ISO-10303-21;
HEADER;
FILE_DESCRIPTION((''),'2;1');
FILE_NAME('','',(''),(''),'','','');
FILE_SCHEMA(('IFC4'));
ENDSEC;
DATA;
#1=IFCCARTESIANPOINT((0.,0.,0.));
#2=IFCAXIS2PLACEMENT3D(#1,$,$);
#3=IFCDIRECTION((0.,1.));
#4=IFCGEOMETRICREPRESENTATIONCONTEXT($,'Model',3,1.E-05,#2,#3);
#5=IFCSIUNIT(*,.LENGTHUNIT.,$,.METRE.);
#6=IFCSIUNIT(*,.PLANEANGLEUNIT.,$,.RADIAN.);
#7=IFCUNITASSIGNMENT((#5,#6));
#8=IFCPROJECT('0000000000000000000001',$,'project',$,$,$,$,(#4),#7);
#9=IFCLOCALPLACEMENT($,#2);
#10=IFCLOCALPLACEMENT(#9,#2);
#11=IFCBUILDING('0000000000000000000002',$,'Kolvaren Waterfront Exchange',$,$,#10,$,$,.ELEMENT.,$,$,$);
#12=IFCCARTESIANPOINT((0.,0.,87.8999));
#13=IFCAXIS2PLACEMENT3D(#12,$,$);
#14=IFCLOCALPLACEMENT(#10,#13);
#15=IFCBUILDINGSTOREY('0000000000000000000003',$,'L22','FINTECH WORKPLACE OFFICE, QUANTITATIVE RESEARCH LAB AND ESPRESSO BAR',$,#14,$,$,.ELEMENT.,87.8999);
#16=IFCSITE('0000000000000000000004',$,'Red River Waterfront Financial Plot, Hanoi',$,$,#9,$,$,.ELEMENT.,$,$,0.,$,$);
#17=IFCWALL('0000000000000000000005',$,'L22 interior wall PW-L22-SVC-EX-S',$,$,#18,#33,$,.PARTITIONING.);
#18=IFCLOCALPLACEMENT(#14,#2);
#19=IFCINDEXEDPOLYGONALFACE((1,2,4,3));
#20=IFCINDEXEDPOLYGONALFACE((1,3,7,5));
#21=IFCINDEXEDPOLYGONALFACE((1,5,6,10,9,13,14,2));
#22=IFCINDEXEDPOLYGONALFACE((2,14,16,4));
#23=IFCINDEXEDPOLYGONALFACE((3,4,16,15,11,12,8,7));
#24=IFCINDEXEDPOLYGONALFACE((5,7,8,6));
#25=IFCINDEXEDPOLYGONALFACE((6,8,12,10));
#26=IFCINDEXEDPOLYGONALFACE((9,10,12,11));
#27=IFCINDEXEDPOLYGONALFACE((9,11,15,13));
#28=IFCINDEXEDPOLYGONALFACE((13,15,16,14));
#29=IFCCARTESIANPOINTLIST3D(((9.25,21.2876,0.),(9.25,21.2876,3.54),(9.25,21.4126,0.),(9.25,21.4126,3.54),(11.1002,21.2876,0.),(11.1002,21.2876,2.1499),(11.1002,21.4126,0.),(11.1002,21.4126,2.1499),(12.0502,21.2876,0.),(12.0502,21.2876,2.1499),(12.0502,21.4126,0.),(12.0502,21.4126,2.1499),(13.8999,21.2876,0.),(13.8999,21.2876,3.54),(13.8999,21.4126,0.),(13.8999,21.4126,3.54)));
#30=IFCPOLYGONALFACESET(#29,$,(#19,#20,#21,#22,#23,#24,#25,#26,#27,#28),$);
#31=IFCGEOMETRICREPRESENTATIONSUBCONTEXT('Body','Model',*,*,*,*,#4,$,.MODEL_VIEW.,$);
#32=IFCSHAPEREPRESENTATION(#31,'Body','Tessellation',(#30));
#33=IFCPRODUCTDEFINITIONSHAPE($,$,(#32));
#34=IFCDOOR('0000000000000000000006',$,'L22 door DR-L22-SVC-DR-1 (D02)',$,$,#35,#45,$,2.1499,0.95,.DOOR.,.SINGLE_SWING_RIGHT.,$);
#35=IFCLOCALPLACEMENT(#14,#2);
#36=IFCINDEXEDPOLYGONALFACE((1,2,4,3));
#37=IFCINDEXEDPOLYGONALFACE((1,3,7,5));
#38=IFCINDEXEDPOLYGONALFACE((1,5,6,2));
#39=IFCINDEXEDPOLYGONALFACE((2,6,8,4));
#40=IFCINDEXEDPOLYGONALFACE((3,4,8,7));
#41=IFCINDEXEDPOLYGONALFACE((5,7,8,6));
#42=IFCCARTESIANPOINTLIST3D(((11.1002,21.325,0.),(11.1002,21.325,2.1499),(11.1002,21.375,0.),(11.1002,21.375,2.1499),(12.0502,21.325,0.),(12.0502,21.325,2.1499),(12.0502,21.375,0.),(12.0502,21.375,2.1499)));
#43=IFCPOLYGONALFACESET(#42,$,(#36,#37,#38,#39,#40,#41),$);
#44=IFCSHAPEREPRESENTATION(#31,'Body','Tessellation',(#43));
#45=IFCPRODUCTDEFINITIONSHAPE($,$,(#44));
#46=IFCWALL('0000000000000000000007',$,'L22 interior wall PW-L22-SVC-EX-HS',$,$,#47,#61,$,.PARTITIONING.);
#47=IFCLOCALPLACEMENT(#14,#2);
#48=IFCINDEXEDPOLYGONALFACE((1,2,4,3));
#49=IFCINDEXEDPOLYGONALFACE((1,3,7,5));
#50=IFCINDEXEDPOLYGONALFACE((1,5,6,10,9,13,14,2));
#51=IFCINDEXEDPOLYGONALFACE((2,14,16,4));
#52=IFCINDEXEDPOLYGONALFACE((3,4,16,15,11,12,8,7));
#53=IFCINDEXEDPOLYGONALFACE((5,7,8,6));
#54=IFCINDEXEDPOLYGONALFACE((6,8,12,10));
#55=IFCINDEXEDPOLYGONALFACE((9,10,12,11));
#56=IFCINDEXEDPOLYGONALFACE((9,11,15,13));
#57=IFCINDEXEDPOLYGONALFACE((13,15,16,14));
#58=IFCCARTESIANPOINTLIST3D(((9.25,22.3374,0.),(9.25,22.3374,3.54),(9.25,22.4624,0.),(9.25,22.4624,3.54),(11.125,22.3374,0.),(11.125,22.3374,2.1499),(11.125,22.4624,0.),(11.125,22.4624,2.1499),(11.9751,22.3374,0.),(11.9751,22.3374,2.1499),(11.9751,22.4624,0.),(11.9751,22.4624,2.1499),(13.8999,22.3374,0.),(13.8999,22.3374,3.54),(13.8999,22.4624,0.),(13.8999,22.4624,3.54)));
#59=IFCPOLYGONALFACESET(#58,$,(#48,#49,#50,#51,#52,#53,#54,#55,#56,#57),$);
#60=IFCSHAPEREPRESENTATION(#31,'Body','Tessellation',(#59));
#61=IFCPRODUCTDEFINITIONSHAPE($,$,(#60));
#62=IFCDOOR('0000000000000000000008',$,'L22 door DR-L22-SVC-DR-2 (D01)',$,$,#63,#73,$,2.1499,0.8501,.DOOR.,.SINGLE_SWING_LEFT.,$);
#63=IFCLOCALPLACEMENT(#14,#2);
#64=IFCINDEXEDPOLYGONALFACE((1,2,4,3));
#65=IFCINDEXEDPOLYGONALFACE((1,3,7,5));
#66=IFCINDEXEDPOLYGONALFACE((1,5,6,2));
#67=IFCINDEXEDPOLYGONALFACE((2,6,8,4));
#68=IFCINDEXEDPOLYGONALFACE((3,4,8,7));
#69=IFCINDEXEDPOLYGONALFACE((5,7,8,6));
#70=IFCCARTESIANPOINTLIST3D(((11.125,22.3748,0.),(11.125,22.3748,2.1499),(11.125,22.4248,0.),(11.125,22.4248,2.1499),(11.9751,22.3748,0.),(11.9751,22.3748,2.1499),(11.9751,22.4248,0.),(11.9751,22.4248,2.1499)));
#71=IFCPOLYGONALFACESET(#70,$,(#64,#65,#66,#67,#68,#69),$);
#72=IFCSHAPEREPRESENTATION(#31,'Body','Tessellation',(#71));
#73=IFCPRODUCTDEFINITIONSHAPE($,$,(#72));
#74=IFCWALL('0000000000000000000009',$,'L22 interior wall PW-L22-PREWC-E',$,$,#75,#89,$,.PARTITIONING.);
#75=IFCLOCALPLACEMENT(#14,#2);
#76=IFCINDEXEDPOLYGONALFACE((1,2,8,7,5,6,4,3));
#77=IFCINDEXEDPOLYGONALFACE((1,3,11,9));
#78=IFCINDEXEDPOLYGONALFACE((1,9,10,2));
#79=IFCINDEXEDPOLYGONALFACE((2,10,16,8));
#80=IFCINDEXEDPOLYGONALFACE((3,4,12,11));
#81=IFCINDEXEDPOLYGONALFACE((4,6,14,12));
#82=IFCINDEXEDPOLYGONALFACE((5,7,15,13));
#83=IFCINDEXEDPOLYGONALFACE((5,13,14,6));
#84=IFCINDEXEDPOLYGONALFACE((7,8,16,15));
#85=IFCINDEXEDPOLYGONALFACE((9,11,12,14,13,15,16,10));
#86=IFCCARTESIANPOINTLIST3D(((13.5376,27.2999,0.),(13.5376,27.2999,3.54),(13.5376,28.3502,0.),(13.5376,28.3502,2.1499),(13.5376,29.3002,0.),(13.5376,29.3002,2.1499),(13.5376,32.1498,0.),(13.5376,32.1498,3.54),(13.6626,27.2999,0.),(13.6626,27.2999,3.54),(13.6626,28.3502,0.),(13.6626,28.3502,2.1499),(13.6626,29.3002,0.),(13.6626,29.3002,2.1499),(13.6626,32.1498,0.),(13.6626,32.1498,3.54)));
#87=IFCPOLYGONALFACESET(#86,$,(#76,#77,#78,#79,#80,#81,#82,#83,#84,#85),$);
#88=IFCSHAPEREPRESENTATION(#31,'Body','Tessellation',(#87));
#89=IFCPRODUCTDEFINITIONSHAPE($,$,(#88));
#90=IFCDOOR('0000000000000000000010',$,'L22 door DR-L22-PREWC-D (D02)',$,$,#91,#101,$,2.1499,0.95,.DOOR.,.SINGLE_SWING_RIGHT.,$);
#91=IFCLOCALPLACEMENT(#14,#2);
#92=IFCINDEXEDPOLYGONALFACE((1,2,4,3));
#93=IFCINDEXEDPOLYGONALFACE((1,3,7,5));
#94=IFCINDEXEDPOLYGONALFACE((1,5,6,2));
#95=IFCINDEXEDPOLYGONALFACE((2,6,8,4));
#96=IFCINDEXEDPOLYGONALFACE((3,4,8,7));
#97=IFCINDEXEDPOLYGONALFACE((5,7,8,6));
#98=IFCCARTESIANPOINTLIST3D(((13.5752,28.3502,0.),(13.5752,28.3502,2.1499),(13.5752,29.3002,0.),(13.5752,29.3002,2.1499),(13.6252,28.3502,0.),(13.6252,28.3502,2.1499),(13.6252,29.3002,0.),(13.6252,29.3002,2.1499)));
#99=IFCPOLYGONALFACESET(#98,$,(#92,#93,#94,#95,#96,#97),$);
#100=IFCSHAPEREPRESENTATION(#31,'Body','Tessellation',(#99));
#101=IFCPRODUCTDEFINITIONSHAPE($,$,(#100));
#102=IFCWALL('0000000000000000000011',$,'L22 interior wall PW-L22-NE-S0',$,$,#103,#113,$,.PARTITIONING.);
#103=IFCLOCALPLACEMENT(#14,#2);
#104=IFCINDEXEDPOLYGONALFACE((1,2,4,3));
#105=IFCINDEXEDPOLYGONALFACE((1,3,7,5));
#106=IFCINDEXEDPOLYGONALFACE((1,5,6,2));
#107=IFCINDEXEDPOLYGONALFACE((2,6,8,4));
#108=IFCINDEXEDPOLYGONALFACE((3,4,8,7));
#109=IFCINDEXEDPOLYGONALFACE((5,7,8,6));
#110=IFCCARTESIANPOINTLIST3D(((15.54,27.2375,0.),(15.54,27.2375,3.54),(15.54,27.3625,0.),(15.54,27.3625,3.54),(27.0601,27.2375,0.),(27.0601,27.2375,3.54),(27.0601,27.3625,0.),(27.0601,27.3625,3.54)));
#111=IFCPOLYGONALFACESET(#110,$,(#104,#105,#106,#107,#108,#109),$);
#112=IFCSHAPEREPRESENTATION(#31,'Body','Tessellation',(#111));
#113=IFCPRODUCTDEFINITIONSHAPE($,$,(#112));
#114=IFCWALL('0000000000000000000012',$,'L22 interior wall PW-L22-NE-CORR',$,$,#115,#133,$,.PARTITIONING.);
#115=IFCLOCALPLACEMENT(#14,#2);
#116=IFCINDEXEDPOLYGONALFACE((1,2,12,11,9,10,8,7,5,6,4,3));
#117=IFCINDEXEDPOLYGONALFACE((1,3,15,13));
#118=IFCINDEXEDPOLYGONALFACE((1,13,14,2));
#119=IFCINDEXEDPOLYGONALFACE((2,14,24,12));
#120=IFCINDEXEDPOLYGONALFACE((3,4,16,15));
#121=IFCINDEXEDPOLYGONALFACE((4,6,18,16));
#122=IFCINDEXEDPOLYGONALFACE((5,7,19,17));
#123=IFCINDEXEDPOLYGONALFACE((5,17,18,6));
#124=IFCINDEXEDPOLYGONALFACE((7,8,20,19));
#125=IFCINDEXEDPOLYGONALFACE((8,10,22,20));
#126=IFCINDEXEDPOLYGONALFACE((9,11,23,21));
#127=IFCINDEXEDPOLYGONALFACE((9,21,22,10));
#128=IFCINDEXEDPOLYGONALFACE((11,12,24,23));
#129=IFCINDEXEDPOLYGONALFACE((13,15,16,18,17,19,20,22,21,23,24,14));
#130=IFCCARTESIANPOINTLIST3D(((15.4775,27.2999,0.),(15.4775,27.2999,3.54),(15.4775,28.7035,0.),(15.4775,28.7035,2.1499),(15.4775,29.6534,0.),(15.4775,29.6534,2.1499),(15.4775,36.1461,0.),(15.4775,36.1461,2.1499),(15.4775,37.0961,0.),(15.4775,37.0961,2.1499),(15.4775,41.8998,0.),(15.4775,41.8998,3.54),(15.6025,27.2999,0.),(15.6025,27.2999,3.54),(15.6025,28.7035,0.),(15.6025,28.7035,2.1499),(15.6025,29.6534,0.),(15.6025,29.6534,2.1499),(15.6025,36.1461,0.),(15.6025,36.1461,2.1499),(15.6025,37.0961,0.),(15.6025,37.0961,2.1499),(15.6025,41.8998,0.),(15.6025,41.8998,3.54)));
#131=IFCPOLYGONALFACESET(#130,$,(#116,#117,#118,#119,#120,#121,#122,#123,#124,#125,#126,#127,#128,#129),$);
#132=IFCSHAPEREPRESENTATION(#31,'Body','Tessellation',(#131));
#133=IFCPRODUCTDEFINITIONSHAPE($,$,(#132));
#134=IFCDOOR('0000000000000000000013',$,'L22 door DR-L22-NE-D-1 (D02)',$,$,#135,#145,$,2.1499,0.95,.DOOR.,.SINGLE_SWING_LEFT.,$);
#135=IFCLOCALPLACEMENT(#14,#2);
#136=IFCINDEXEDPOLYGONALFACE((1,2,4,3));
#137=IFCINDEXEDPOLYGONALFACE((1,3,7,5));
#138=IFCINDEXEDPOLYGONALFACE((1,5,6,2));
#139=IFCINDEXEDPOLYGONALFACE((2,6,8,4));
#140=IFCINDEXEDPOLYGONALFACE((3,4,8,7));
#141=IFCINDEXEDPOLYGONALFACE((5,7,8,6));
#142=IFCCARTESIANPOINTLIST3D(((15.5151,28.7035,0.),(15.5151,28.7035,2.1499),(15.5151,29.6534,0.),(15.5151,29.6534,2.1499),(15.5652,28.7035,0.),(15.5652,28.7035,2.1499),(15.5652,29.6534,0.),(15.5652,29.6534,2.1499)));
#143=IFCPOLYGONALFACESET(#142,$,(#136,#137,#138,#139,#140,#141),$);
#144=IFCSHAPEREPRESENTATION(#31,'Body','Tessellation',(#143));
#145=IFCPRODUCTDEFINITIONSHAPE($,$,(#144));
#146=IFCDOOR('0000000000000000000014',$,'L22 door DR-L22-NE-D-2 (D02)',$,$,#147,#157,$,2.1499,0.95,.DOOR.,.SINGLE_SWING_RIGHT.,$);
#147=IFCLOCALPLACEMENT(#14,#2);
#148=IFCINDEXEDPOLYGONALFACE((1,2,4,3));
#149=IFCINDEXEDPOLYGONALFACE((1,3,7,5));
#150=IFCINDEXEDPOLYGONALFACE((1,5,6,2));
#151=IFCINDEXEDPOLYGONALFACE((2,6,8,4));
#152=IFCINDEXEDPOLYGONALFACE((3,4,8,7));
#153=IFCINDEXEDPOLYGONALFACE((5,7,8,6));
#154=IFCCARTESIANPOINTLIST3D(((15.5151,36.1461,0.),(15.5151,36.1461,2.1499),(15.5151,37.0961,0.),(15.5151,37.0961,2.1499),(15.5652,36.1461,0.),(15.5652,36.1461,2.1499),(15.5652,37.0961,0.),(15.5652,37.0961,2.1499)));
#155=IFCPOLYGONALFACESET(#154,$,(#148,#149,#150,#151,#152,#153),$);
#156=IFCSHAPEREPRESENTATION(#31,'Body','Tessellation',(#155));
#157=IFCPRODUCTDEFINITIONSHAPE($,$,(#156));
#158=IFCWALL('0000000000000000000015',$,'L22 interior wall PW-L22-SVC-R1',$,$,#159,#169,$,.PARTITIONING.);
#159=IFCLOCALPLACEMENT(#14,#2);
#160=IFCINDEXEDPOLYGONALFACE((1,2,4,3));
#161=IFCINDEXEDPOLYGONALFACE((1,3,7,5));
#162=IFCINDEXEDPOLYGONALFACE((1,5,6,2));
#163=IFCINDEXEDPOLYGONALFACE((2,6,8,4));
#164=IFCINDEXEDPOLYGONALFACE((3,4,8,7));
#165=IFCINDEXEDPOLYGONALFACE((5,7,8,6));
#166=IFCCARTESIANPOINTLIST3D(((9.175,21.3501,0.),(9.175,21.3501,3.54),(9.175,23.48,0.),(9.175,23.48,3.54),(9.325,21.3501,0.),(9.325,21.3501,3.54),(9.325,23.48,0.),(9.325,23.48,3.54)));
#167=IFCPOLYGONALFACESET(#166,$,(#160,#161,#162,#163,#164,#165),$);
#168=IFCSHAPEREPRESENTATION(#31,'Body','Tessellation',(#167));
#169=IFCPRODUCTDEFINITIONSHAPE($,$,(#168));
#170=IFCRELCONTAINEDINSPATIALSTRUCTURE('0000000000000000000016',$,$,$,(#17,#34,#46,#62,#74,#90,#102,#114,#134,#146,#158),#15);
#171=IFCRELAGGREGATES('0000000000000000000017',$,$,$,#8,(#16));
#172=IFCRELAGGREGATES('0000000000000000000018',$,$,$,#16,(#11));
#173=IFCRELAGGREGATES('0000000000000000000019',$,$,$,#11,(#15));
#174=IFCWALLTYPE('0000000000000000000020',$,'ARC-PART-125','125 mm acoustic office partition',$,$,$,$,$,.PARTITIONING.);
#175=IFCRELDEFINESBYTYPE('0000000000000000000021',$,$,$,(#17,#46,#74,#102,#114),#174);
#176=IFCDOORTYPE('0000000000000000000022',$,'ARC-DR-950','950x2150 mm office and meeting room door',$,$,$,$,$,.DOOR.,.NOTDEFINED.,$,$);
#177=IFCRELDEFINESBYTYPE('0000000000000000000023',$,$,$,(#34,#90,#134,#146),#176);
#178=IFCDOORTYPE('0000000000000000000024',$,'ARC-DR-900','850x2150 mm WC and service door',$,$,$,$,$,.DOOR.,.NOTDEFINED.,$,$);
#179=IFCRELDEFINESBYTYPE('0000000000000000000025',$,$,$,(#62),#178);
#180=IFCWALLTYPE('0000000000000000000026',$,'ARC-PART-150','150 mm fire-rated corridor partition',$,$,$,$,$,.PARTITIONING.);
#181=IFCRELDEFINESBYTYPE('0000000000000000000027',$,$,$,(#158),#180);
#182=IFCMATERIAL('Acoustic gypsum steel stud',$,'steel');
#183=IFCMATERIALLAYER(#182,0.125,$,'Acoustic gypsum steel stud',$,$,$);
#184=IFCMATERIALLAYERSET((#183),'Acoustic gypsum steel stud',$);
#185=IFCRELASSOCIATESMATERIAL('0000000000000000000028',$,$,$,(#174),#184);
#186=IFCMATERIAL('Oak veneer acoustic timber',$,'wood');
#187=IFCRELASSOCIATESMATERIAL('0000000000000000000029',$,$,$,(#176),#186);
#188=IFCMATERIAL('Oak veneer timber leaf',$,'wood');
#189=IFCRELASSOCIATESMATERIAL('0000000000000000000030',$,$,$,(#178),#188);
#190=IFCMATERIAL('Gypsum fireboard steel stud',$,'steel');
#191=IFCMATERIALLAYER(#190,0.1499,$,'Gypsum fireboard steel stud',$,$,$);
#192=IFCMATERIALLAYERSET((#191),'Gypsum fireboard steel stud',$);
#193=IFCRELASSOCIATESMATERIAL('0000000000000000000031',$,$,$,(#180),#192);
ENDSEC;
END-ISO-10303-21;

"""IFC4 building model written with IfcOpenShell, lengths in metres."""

from ifc_helpers import new_model, si_unit, direction, frame, frame_2d, origin, place, context, subcontext, project, spatial, rectangle, extrude, material, layer, layer_set, type_object, element, fill, save


model = new_model("IFC4")

# Units and contexts
model_context = context("Model", 3, precision=1e-05, world=origin(), true_north=direction((0.0, 1.0)))
body_context = subcontext(model_context, "Body", "Model", "MODEL_VIEW")
ifc_project = project(units=[si_unit("LENGTHUNIT", "METRE"), si_unit("PLANEANGLEUNIT", "RADIAN")], contexts=[model_context])

# Site, building, storey
site_placement = place(None, origin())
site = spatial("IfcSite", under=ifc_project, at=site_placement, Name="Red River Waterfront Financial Plot, Hanoi", CompositionType="ELEMENT", RefElevation=0.0)
building_placement = place(site_placement, origin())
building = spatial("IfcBuilding", under=site, at=building_placement, Name="Kolvaren Waterfront Exchange", CompositionType="ELEMENT")
storey_placement = place(building_placement, frame((0.0, 0.0, 87.8999)))
storey = spatial("IfcBuildingStorey", under=building, at=storey_placement, Name="L22", Description="FINTECH WORKPLACE OFFICE, QUANTITATIVE RESEARCH LAB AND ESPRESSO BAR", CompositionType="ELEMENT", Elevation=87.8999)

# Walls, openings, doors
ifc_material_1 = material(Name="Acoustic gypsum steel stud", Category="steel")
ifc_layer_1 = layer(ifc_material_1, 0.125, Name="Acoustic gypsum steel stud")
ifc_layer_set_1 = layer_set([ifc_layer_1], Name="Acoustic gypsum steel stud")
wall_type_1 = type_object("IfcWallType", Name="ARC-PART-125", Description="125 mm acoustic office partition", PredefinedType="PARTITIONING", material=ifc_layer_set_1)
wall_1_placement = place(storey_placement, frame((9.25, 21.3501, 0.0), z_axis=(0.0, 0.0, 1.0), x_axis=(1.0, 0.0, 0.0)))
wall_1 = element("IfcWall", 1, at=wall_1_placement, inside=storey, type_object=wall_type_1, Name="L22 interior wall PW-L22-SVC-EX-S", PredefinedType="PARTITIONING", context=body_context, shape_type="SweptSolid", body=[
    extrude(rectangle(XDim=4.6499, YDim=0.125, at=frame_2d((2.325, 0.0))), origin(), (0.0, 0.0, 1.0), 3.54),
])
opening_1_placement = place(wall_1_placement, frame((1.8501, 0.0, 0.0)))
opening_1 = element("IfcOpeningElement", 2, at=opening_1_placement, cuts=wall_1, PredefinedType="OPENING", context=body_context, shape_type="SweptSolid", body=[
    extrude(rectangle(XDim=0.95, YDim=2.1499, at=frame_2d((0.4751, 1.075))), frame((0.0, 0.0725, 0.0), z_axis=(0.0, -1.0, 0.0), x_axis=(1.0, 0.0, 0.0)), (0.0, 0.0, 1.0), 0.145),
])
ifc_material_2 = material(Name="Oak veneer acoustic timber", Category="wood")
door_type_1 = type_object("IfcDoorType", Name="ARC-DR-950", Description="950x2150 mm office and meeting room door", OperationType="NOTDEFINED", PredefinedType="DOOR", material=ifc_material_2)
door_1_placement = place(opening_1_placement, origin())
door_1 = element("IfcDoor", 3, at=door_1_placement, inside=storey, type_object=door_type_1, Name="L22 door DR-L22-SVC-DR-1 (D02)", OperationType="SINGLE_SWING_RIGHT", OverallHeight=2.1499, OverallWidth=0.95, PredefinedType="DOOR", context=body_context, shape_type="SweptSolid", body=[
    extrude(rectangle(XDim=0.95, YDim=2.1499, at=frame_2d((0.4751, 1.075))), frame((0.0, 0.0249, 0.0), z_axis=(0.0, -1.0, 0.0), x_axis=(1.0, 0.0, 0.0)), (0.0, 0.0, 1.0), 0.05),
])
fill(opening_1, door_1)
wall_2_placement = place(storey_placement, frame((9.25, 22.3999, 0.0), z_axis=(0.0, 0.0, 1.0), x_axis=(1.0, 0.0, 0.0)))
wall_2 = element("IfcWall", 4, at=wall_2_placement, inside=storey, type_object=wall_type_1, Name="L22 interior wall PW-L22-SVC-EX-HS", PredefinedType="PARTITIONING", context=body_context, shape_type="SweptSolid", body=[
    extrude(rectangle(XDim=4.6499, YDim=0.125, at=frame_2d((2.325, 0.0))), origin(), (0.0, 0.0, 1.0), 3.54),
])
opening_2_placement = place(wall_2_placement, frame((1.875, 0.0, 0.0)))
opening_2 = element("IfcOpeningElement", 5, at=opening_2_placement, cuts=wall_2, PredefinedType="OPENING", context=body_context, shape_type="SweptSolid", body=[
    extrude(rectangle(XDim=0.8501, YDim=2.1499, at=frame_2d((0.425, 1.075))), frame((0.0, 0.0725, 0.0), z_axis=(0.0, -1.0, 0.0), x_axis=(1.0, 0.0, 0.0)), (0.0, 0.0, 1.0), 0.145),
])
ifc_material_3 = material(Name="Oak veneer timber leaf", Category="wood")
door_type_2 = type_object("IfcDoorType", Name="ARC-DR-900", Description="850x2150 mm WC and service door", OperationType="NOTDEFINED", PredefinedType="DOOR", material=ifc_material_3)
door_2_placement = place(opening_2_placement, origin())
door_2 = element("IfcDoor", 6, at=door_2_placement, inside=storey, type_object=door_type_2, Name="L22 door DR-L22-SVC-DR-2 (D01)", OperationType="SINGLE_SWING_LEFT", OverallHeight=2.1499, OverallWidth=0.8501, PredefinedType="DOOR", context=body_context, shape_type="SweptSolid", body=[
    extrude(rectangle(XDim=0.8501, YDim=2.1499, at=frame_2d((0.425, 1.075))), frame((0.0, 0.0249, 0.0), z_axis=(0.0, -1.0, 0.0), x_axis=(1.0, 0.0, 0.0)), (0.0, 0.0, 1.0), 0.05),
])
fill(opening_2, door_2)
wall_3_placement = place(storey_placement, frame((13.6001, 27.3, 0.0), z_axis=(0.0, 0.0, 1.0), x_axis=(0.0, 1.0, 0.0)))
wall_3 = element("IfcWall", 7, at=wall_3_placement, inside=storey, type_object=wall_type_1, Name="L22 interior wall PW-L22-PREWC-E", PredefinedType="PARTITIONING", context=body_context, shape_type="SweptSolid", body=[
    extrude(rectangle(XDim=4.8499, YDim=0.125, at=frame_2d((2.4248, 0.0))), origin(), (0.0, 0.0, 1.0), 3.54),
])
opening_3_placement = place(wall_3_placement, frame((1.05, 0.0, 0.0)))
opening_3 = element("IfcOpeningElement", 8, at=opening_3_placement, cuts=wall_3, PredefinedType="OPENING", context=body_context, shape_type="SweptSolid", body=[
    extrude(rectangle(XDim=0.95, YDim=2.1499, at=frame_2d((0.4751, 1.075))), frame((0.0, 0.0725, 0.0), z_axis=(0.0, -1.0, 0.0), x_axis=(1.0, 0.0, 0.0)), (0.0, 0.0, 1.0), 0.145),
])
door_3_placement = place(opening_3_placement, origin())
door_3 = element("IfcDoor", 9, at=door_3_placement, inside=storey, type_object=door_type_1, Name="L22 door DR-L22-PREWC-D (D02)", OperationType="SINGLE_SWING_RIGHT", OverallHeight=2.1499, OverallWidth=0.95, PredefinedType="DOOR", context=body_context, shape_type="SweptSolid", body=[
    extrude(rectangle(XDim=0.95, YDim=2.1499, at=frame_2d((0.4751, 1.075))), frame((0.0, 0.0249, 0.0), z_axis=(0.0, -1.0, 0.0), x_axis=(1.0, 0.0, 0.0)), (0.0, 0.0, 1.0), 0.05),
])
fill(opening_3, door_3)

# Wall
wall_4_placement = place(storey_placement, frame((15.54, 27.3, 0.0), z_axis=(0.0, 0.0, 1.0), x_axis=(1.0, 0.0, 0.0)))
element("IfcWall", 10, at=wall_4_placement, inside=storey, type_object=wall_type_1, Name="L22 interior wall PW-L22-NE-S0", PredefinedType="PARTITIONING", context=body_context, shape_type="SweptSolid", body=[
    extrude(rectangle(XDim=11.52, YDim=0.125, at=frame_2d((5.76, 0.0))), origin(), (0.0, 0.0, 1.0), 3.54),
])

# Wall, openings, doors
wall_5_placement = place(storey_placement, frame((15.54, 27.3, 0.0), z_axis=(0.0, 0.0, 1.0), x_axis=(0.0, 1.0, 0.0)))
wall_5 = element("IfcWall", 11, at=wall_5_placement, inside=storey, type_object=wall_type_1, Name="L22 interior wall PW-L22-NE-CORR", PredefinedType="PARTITIONING", context=body_context, shape_type="SweptSolid", body=[
    extrude(rectangle(XDim=14.5999, YDim=0.125, at=frame_2d((7.2998, 0.0))), origin(), (0.0, 0.0, 1.0), 3.54),
])
opening_4_placement = place(wall_5_placement, frame((1.4033, 0.0, 0.0)))
opening_4 = element("IfcOpeningElement", 12, at=opening_4_placement, cuts=wall_5, PredefinedType="OPENING", context=body_context, shape_type="SweptSolid", body=[
    extrude(rectangle(XDim=0.95, YDim=2.1499, at=frame_2d((0.4751, 1.075))), frame((0.0, 0.0725, 0.0), z_axis=(0.0, -1.0, 0.0), x_axis=(1.0, 0.0, 0.0)), (0.0, 0.0, 1.0), 0.145),
])
opening_5_placement = place(wall_5_placement, frame((8.8459, 0.0, 0.0)))
opening_5 = element("IfcOpeningElement", 13, at=opening_5_placement, cuts=wall_5, PredefinedType="OPENING", context=body_context, shape_type="SweptSolid", body=[
    extrude(rectangle(XDim=0.95, YDim=2.1499, at=frame_2d((0.4751, 1.075))), frame((0.0, 0.0725, 0.0), z_axis=(0.0, -1.0, 0.0), x_axis=(1.0, 0.0, 0.0)), (0.0, 0.0, 1.0), 0.145),
])
door_4_placement = place(opening_4_placement, origin())
door_4 = element("IfcDoor", 14, at=door_4_placement, inside=storey, type_object=door_type_1, Name="L22 door DR-L22-NE-D-1 (D02)", OperationType="SINGLE_SWING_LEFT", OverallHeight=2.1499, OverallWidth=0.95, PredefinedType="DOOR", context=body_context, shape_type="SweptSolid", body=[
    extrude(rectangle(XDim=0.95, YDim=2.1499, at=frame_2d((0.4751, 1.075))), frame((0.0, 0.0249, 0.0), z_axis=(0.0, -1.0, 0.0), x_axis=(1.0, 0.0, 0.0)), (0.0, 0.0, 1.0), 0.05),
])
fill(opening_4, door_4)
door_5_placement = place(opening_5_placement, origin())
door_5 = element("IfcDoor", 15, at=door_5_placement, inside=storey, type_object=door_type_1, Name="L22 door DR-L22-NE-D-2 (D02)", OperationType="SINGLE_SWING_RIGHT", OverallHeight=2.1499, OverallWidth=0.95, PredefinedType="DOOR", context=body_context, shape_type="SweptSolid", body=[
    extrude(rectangle(XDim=0.95, YDim=2.1499, at=frame_2d((0.4751, 1.075))), frame((0.0, 0.0249, 0.0), z_axis=(0.0, -1.0, 0.0), x_axis=(1.0, 0.0, 0.0)), (0.0, 0.0, 1.0), 0.05),
])
fill(opening_5, door_5)

# Wall
ifc_material_4 = material(Name="Gypsum fireboard steel stud", Category="steel")
ifc_layer_2 = layer(ifc_material_4, 0.1499, Name="Gypsum fireboard steel stud")
ifc_layer_set_2 = layer_set([ifc_layer_2], Name="Gypsum fireboard steel stud")
wall_type_2 = type_object("IfcWallType", Name="ARC-PART-150", Description="150 mm fire-rated corridor partition", PredefinedType="PARTITIONING", material=ifc_layer_set_2)
for number, where, z_axis, x_axis, name in (
    (16, (9.25, 21.3501, 0.0), (0.0, 0.0, 1.0), (0.0, 1.0, 0.0), "L22 interior wall PW-L22-SVC-R1"),
):
    element("IfcWall", number, at=place(storey_placement, frame(where, z_axis=z_axis, x_axis=x_axis)), inside=storey, type_object=wall_type_2, Name=name, PredefinedType="PARTITIONING", context=body_context, shape_type="SweptSolid", body=[
        extrude(rectangle(XDim=2.1299, YDim=0.1499, at=frame_2d((1.0649, 0.0))), origin(), (0.0, 0.0, 1.0), 3.54),
    ])

save(model, "model.ifc")
